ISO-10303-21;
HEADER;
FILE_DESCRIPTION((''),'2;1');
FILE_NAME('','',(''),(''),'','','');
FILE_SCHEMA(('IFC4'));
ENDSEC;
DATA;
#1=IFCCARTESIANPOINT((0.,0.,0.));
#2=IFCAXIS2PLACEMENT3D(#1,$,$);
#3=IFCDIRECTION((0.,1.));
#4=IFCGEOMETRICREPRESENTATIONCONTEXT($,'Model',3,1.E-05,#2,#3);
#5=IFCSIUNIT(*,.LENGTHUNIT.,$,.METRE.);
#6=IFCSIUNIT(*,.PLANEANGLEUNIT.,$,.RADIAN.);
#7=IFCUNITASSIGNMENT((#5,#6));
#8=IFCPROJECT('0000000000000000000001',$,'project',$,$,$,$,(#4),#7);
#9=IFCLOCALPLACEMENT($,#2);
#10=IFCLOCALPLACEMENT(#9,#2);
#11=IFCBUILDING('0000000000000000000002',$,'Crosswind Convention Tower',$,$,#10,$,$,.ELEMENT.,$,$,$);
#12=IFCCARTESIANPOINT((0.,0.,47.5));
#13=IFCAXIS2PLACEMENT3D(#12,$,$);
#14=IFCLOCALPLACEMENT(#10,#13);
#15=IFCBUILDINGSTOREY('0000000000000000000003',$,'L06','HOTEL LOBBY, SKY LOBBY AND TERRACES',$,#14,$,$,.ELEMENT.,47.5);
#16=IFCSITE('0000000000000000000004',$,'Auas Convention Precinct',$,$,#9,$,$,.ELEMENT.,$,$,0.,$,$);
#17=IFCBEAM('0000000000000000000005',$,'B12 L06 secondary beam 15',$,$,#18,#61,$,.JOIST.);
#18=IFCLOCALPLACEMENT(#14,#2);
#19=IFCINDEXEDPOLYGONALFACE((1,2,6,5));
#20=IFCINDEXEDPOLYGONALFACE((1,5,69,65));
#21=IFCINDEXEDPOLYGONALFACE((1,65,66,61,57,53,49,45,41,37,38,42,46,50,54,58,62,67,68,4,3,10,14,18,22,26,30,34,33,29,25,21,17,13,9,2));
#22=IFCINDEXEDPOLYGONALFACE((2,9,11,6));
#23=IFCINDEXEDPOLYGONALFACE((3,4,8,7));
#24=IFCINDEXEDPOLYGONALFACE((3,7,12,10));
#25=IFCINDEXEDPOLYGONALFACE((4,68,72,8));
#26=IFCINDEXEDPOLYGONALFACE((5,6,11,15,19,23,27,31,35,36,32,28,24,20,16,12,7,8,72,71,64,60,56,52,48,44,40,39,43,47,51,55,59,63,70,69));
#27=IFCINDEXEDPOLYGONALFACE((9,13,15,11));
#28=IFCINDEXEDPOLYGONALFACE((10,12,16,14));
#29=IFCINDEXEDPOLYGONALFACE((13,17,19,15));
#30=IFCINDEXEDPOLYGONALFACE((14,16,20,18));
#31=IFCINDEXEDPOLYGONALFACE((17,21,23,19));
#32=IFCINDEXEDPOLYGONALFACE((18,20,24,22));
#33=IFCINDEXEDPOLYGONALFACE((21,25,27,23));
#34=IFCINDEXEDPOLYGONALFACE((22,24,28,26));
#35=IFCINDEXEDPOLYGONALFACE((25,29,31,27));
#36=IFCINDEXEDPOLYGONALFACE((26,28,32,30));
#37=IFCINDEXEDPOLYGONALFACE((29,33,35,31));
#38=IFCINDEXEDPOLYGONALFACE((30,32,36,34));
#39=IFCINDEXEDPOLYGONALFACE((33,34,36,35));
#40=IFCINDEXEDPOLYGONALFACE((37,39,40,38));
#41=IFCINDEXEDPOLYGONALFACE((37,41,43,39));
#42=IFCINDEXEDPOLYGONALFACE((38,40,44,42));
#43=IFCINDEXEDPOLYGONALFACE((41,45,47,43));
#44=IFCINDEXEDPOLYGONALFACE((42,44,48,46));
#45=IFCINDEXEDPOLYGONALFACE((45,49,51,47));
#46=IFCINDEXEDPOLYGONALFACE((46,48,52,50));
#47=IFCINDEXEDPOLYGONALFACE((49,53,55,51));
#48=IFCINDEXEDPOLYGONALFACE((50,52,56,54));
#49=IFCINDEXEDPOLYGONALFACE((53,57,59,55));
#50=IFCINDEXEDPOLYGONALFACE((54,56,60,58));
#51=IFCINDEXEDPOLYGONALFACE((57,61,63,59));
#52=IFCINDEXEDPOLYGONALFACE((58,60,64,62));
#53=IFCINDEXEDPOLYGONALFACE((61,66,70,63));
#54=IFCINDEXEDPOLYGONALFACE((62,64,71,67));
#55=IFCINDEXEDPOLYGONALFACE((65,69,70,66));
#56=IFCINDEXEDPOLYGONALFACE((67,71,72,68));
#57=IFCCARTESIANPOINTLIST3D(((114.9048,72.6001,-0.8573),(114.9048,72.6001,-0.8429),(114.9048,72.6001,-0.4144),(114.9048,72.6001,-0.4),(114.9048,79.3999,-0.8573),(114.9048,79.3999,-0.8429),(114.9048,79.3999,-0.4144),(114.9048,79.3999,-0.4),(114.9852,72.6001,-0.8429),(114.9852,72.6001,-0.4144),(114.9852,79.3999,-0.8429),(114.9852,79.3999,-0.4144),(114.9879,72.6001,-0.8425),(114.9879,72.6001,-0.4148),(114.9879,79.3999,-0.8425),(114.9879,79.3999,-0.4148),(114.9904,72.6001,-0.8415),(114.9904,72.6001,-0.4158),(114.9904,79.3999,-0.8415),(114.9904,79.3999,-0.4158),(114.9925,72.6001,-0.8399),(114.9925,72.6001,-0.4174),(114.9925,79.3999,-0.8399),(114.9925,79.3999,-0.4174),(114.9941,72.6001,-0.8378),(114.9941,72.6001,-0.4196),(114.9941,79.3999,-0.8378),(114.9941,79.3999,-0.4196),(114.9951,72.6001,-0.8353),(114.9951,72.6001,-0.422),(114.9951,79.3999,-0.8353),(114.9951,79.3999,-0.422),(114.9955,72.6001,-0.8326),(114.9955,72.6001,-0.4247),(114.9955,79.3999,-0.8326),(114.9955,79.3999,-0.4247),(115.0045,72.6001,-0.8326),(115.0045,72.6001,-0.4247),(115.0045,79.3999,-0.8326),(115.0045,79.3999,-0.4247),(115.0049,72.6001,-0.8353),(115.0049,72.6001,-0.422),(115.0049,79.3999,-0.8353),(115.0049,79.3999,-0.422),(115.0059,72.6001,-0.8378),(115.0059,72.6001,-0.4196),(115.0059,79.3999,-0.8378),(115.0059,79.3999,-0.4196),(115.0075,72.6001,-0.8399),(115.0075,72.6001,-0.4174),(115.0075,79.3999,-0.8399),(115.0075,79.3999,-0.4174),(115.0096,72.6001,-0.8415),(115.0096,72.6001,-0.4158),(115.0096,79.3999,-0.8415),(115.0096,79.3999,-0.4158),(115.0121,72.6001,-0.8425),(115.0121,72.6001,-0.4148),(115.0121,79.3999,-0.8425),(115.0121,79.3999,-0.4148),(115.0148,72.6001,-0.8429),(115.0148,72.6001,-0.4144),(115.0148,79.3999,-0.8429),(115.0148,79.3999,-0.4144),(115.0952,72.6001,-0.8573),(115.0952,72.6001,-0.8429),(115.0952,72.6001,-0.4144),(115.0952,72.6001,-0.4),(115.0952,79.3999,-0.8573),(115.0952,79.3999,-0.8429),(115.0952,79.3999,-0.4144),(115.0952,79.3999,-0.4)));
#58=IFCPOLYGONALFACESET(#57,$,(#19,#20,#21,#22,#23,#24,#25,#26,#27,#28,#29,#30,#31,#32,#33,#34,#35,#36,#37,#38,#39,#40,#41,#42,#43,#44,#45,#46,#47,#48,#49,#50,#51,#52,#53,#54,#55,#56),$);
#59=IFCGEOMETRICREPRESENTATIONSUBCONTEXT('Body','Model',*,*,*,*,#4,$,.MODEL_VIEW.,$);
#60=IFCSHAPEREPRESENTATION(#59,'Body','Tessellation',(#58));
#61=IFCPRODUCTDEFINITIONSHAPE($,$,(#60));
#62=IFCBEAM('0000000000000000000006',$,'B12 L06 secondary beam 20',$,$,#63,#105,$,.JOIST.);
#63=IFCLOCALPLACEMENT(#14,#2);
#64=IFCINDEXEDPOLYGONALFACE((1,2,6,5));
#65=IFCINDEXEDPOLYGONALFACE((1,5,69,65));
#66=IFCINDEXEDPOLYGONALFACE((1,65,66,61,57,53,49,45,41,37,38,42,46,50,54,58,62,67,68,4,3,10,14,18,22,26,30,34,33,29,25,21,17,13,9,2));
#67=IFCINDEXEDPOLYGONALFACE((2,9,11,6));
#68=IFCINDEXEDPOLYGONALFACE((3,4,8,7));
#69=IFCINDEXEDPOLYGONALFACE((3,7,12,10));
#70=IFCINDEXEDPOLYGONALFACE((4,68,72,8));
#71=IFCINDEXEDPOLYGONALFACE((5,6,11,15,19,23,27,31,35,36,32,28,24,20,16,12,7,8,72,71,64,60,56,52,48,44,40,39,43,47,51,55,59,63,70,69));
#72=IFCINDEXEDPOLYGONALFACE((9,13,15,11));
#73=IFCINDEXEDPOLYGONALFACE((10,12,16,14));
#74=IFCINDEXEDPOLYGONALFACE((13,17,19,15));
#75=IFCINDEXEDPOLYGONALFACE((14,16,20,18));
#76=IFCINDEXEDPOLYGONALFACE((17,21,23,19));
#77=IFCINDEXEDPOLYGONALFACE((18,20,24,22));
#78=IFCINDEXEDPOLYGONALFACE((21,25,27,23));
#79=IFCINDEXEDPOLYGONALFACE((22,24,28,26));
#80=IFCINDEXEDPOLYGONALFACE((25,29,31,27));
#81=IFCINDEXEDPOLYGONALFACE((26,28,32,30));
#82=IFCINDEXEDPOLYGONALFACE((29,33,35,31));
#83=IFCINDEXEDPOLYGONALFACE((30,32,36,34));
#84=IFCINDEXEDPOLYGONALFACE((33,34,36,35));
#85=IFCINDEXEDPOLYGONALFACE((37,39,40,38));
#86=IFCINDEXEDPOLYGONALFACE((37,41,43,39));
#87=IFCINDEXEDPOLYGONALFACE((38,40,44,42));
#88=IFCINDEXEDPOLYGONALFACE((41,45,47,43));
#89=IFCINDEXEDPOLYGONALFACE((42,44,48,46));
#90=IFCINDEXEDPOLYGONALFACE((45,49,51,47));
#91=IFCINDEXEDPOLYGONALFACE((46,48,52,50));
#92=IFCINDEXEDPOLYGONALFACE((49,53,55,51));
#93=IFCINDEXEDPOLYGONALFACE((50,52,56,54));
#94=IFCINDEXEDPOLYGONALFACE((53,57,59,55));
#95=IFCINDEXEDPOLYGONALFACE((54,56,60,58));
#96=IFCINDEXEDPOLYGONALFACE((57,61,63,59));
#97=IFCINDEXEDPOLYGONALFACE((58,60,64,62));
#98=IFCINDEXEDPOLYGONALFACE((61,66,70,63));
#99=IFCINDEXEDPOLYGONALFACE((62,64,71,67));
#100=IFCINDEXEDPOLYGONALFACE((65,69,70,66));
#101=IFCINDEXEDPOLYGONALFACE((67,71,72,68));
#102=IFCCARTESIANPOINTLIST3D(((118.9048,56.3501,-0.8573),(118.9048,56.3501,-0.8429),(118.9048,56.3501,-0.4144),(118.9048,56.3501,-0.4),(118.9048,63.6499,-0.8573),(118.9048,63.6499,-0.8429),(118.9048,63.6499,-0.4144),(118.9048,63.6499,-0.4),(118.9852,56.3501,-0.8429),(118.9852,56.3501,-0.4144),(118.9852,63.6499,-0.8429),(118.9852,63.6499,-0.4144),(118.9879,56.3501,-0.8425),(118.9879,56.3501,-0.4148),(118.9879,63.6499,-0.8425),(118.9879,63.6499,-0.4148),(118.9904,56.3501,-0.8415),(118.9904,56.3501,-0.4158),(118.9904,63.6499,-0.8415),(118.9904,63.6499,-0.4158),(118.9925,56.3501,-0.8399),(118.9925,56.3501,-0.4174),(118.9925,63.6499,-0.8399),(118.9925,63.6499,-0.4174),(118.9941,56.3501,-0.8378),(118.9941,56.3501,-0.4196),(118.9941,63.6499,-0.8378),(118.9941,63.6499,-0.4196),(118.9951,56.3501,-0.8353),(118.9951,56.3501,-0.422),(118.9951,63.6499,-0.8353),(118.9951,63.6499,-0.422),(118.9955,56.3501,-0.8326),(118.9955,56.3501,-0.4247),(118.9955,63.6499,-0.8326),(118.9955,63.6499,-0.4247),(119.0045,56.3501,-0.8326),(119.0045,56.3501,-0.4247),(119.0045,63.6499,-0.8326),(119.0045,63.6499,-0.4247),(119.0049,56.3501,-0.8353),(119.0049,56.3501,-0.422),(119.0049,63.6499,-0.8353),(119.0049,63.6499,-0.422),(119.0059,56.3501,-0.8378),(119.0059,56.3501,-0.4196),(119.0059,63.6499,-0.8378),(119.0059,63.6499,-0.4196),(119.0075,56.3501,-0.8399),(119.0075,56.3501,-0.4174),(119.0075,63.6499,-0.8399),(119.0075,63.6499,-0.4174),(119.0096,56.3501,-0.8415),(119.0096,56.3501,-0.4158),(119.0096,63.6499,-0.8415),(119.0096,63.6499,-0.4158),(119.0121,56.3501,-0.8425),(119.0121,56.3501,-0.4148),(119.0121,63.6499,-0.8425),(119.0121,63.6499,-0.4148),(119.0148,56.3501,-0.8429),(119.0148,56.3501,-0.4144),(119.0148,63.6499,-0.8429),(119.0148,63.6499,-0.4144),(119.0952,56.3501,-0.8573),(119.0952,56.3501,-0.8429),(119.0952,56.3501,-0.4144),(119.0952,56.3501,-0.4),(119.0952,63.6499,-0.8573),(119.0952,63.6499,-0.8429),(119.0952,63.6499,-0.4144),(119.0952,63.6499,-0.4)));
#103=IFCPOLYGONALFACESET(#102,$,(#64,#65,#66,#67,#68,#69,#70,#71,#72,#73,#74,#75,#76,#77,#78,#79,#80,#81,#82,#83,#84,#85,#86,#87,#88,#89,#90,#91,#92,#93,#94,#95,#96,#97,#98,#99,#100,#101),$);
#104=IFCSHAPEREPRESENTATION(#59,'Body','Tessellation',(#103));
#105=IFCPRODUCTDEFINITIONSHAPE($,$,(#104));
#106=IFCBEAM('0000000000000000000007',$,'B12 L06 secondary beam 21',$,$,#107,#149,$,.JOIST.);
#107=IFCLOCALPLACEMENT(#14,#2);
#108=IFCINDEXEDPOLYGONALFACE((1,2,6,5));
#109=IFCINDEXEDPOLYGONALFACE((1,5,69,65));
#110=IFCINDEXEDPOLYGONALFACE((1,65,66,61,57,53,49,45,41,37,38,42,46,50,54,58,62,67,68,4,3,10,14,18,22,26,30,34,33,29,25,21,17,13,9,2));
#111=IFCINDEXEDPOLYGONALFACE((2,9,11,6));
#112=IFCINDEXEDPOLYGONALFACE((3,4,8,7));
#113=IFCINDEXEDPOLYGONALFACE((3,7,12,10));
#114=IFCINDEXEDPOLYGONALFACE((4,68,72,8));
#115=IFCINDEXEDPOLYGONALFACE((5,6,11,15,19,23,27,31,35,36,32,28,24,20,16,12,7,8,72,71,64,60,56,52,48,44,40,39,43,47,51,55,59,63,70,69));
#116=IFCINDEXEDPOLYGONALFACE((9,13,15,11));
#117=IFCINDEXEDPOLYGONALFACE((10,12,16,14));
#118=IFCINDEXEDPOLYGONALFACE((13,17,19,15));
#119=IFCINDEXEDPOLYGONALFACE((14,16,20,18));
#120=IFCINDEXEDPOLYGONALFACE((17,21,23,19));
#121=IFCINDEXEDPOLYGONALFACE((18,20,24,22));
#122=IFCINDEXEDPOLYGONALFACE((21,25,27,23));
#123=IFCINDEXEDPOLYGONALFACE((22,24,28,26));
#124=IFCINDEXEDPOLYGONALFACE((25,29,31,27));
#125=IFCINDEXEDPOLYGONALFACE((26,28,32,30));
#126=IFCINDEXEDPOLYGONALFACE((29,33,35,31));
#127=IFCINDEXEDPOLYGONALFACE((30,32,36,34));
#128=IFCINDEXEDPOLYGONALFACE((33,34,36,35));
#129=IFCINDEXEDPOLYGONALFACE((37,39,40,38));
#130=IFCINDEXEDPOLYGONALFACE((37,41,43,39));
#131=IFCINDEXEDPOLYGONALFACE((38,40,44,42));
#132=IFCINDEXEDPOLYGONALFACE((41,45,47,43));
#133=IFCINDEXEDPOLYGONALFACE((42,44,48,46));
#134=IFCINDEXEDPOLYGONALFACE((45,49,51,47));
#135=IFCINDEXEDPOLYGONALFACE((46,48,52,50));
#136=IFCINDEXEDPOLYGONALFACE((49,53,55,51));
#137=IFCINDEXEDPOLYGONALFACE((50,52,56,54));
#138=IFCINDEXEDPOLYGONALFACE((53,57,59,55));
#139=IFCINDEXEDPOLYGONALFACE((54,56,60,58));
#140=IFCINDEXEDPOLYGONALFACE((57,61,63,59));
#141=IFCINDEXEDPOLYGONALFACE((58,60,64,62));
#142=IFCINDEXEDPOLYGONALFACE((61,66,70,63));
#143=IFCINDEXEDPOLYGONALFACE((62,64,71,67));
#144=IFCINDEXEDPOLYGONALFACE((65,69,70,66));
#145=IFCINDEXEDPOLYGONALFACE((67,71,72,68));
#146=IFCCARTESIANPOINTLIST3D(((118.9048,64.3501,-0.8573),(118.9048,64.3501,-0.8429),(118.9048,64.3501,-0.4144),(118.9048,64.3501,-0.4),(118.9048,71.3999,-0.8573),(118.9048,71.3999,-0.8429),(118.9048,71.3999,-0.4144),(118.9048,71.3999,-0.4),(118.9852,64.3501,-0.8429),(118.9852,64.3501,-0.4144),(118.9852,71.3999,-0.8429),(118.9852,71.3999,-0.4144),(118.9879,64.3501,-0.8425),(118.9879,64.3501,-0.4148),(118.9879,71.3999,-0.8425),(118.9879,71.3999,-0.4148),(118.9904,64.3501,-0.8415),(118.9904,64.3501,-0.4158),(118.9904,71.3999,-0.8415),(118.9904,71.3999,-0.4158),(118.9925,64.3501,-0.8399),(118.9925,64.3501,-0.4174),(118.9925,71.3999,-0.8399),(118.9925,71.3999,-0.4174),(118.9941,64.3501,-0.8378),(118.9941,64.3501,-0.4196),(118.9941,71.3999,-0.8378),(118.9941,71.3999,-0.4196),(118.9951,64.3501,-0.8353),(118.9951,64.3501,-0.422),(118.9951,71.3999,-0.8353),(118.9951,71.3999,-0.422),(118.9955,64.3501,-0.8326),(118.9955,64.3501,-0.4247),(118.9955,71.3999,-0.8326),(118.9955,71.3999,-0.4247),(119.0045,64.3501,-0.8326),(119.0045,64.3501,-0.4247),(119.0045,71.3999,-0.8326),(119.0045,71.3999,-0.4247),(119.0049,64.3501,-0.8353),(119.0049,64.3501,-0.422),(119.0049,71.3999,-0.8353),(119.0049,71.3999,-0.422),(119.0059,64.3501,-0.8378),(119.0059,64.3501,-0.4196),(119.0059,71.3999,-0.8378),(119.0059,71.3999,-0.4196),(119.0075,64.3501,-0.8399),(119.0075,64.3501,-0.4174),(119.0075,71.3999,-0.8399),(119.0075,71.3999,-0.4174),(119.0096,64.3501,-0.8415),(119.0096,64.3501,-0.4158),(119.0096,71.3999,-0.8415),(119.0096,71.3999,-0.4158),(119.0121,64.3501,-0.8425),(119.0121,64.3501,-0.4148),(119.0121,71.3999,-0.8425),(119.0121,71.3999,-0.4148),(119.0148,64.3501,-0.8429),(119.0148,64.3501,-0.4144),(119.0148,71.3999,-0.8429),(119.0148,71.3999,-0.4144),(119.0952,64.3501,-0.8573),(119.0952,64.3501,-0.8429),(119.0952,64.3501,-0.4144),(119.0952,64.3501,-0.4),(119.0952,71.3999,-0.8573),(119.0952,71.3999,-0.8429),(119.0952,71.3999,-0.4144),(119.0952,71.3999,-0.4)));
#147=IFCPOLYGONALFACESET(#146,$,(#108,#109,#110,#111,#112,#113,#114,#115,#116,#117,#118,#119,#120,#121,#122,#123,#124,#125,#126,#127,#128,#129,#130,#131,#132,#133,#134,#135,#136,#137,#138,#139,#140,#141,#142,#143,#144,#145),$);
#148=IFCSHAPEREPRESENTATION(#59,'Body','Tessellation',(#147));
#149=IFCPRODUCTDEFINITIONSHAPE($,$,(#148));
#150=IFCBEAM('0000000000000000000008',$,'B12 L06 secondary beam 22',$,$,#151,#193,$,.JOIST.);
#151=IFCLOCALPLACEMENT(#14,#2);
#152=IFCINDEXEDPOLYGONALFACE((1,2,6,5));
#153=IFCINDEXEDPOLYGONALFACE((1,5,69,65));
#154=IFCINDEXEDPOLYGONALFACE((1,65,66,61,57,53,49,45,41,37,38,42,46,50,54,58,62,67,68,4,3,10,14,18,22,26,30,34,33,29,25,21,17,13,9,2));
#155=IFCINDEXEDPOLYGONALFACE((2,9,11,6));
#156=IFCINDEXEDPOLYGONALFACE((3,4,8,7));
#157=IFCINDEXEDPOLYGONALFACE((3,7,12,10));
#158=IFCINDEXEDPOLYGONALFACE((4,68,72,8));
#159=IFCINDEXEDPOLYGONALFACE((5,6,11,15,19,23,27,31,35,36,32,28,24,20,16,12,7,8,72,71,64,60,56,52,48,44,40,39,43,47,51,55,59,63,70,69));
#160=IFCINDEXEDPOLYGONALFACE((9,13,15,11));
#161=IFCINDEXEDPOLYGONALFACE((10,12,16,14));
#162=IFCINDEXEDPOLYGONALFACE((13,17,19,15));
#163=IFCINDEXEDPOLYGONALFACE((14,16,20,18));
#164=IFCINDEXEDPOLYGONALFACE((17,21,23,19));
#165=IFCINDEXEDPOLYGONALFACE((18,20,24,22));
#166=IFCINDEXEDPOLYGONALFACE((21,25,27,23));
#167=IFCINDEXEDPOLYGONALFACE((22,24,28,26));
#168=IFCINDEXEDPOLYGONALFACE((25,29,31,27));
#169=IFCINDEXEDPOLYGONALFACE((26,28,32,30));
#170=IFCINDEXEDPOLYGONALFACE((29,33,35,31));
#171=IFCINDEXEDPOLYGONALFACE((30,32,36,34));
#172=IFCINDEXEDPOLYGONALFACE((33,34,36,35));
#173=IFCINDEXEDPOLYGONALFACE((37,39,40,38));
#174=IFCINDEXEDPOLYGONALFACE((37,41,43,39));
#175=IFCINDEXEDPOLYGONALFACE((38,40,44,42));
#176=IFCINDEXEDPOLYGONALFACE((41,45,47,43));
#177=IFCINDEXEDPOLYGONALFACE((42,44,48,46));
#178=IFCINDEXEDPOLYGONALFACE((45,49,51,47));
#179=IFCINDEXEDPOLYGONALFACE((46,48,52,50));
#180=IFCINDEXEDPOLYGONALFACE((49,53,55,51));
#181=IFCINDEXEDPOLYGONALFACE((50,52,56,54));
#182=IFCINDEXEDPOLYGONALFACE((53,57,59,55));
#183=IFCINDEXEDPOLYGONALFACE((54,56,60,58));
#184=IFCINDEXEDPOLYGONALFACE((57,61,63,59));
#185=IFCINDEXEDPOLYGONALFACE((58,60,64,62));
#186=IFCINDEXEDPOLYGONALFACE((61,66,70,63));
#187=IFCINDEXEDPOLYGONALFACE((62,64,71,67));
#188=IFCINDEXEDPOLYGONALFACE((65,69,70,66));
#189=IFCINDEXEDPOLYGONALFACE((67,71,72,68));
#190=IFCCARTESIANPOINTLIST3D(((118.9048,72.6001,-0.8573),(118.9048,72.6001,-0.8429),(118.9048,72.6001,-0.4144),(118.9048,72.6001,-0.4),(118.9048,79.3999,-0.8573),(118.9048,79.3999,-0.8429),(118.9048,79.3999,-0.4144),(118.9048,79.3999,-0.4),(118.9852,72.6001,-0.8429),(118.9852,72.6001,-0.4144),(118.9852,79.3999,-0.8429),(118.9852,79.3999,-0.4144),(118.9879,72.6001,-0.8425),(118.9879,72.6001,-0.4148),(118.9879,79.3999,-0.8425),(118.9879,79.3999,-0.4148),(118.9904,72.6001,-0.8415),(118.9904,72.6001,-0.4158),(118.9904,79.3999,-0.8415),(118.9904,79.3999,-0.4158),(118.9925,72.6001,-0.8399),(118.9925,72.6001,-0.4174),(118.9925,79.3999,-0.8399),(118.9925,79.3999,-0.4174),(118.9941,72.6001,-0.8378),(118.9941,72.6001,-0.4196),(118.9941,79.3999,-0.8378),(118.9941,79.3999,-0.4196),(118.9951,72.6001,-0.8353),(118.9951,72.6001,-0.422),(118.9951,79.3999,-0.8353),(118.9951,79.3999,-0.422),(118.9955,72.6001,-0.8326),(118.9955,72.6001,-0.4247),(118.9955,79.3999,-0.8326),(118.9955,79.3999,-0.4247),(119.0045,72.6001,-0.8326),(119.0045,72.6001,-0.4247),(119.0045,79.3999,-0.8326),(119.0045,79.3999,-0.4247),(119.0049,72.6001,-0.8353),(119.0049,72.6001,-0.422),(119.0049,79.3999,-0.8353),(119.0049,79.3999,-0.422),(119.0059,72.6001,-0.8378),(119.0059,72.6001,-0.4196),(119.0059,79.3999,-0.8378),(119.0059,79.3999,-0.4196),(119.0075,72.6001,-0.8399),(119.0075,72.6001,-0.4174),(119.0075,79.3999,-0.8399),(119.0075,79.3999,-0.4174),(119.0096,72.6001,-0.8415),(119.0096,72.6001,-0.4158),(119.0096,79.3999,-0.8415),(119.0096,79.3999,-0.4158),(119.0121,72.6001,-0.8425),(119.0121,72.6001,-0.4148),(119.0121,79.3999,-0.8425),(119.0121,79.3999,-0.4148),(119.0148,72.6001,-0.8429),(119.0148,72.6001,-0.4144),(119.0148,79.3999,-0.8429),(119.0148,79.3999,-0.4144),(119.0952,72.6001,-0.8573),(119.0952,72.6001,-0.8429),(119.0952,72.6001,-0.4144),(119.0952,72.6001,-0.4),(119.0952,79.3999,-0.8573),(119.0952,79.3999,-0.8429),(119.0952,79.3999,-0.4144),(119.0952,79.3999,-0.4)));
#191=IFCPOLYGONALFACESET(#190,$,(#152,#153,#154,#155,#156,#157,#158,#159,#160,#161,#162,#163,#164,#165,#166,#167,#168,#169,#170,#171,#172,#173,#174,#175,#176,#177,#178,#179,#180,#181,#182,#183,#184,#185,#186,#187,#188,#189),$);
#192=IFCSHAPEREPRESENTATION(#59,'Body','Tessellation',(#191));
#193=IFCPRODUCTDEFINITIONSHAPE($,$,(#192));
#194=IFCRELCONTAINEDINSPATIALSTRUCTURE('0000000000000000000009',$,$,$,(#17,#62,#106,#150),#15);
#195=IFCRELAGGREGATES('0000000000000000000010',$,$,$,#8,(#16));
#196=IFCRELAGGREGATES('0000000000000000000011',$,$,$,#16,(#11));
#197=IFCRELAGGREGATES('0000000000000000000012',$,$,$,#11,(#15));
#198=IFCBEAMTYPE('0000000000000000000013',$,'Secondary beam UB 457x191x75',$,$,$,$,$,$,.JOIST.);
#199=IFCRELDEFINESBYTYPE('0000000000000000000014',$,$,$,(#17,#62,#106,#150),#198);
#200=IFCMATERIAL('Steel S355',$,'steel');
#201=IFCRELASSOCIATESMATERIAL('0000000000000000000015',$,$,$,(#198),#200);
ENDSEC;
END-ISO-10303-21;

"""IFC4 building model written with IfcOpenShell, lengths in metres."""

from ifc_helpers import new_model, si_unit, direction, frame, origin, origin_2d, place, context, subcontext, project, spatial, i_section, extrude, material, material_profile, profile_set, type_object, element, save


model = new_model("IFC4")

# Units and contexts
model_context = context("Model", 3, precision=1e-05, world=origin(), true_north=direction((0.0, 1.0)))
body_context = subcontext(model_context, "Body", "Model", "MODEL_VIEW")
ifc_project = project(units=[si_unit("LENGTHUNIT", "METRE"), si_unit("PLANEANGLEUNIT", "RADIAN")], contexts=[model_context])

# Site, building, storey
site_placement = place(None, origin())
site = spatial("IfcSite", under=ifc_project, at=site_placement, Name="Auas Convention Precinct", CompositionType="ELEMENT", RefElevation=0.0)
building_placement = place(site_placement, origin())
building = spatial("IfcBuilding", under=site, at=building_placement, Name="Crosswind Convention Tower", CompositionType="ELEMENT")
storey_placement = place(building_placement, frame((0.0, 0.0, 47.5)))
storey = spatial("IfcBuildingStorey", under=building, at=storey_placement, Name="L06", Description="HOTEL LOBBY, SKY LOBBY AND TERRACES", CompositionType="ELEMENT", Elevation=47.5)

# Shared definitions
ifc_material_1 = material(Name="Steel S355", Category="steel")

# Beams
ifc_material_profile_1 = material_profile(ifc_material_1, i_section(OverallWidth=0.1904, OverallDepth=0.4573, WebThickness=0.009, FlangeThickness=0.0144, FilletRadius=0.0103, at=origin_2d()), Name="UB 457x191x75")
ifc_profile_set_1 = profile_set([ifc_material_profile_1], Name="Steel S355")
beam_type_1 = type_object("IfcBeamType", Name="Secondary beam UB 457x191x75", PredefinedType="JOIST", material=ifc_profile_set_1)
beam_1_placement = place(storey_placement, frame((115.0, 72.6001, -0.6287), z_axis=(0.0, 1.0, 0.0), x_axis=(-1.0, 0.0, 0.0)))
element("IfcBeam", 1, at=beam_1_placement, inside=storey, type_object=beam_type_1, Name="B12 L06 secondary beam 15", PredefinedType="JOIST", context=body_context, shape_type="SweptSolid", body=[
    extrude(i_section(OverallWidth=0.1904, OverallDepth=0.4573, WebThickness=0.009, FlangeThickness=0.0144, FilletRadius=0.0103, at=origin_2d()), origin(), (0.0, 0.0, 1.0), 6.7998),
])
beam_2_placement = place(storey_placement, frame((119.0, 56.3501, -0.6287), z_axis=(0.0, 1.0, 0.0), x_axis=(-1.0, 0.0, 0.0)))
element("IfcBeam", 2, at=beam_2_placement, inside=storey, type_object=beam_type_1, Name="B12 L06 secondary beam 20", PredefinedType="JOIST", context=body_context, shape_type="SweptSolid", body=[
    extrude(i_section(OverallWidth=0.1904, OverallDepth=0.4573, WebThickness=0.009, FlangeThickness=0.0144, FilletRadius=0.0103, at=origin_2d()), origin(), (0.0, 0.0, 1.0), 7.2998),
])
beam_3_placement = place(storey_placement, frame((119.0, 64.3501, -0.6287), z_axis=(0.0, 1.0, 0.0), x_axis=(-1.0, 0.0, 0.0)))
element("IfcBeam", 3, at=beam_3_placement, inside=storey, type_object=beam_type_1, Name="B12 L06 secondary beam 21", PredefinedType="JOIST", context=body_context, shape_type="SweptSolid", body=[
    extrude(i_section(OverallWidth=0.1904, OverallDepth=0.4573, WebThickness=0.009, FlangeThickness=0.0144, FilletRadius=0.0103, at=origin_2d()), origin(), (0.0, 0.0, 1.0), 7.0498),
])
beam_4_placement = place(storey_placement, frame((119.0, 72.6001, -0.6287), z_axis=(0.0, 1.0, 0.0), x_axis=(-1.0, 0.0, 0.0)))
element("IfcBeam", 4, at=beam_4_placement, inside=storey, type_object=beam_type_1, Name="B12 L06 secondary beam 22", PredefinedType="JOIST", context=body_context, shape_type="SweptSolid", body=[
    extrude(i_section(OverallWidth=0.1904, OverallDepth=0.4573, WebThickness=0.009, FlangeThickness=0.0144, FilletRadius=0.0103, at=origin_2d()), origin(), (0.0, 0.0, 1.0), 6.7998),
])

save(model, "model.ifc")
